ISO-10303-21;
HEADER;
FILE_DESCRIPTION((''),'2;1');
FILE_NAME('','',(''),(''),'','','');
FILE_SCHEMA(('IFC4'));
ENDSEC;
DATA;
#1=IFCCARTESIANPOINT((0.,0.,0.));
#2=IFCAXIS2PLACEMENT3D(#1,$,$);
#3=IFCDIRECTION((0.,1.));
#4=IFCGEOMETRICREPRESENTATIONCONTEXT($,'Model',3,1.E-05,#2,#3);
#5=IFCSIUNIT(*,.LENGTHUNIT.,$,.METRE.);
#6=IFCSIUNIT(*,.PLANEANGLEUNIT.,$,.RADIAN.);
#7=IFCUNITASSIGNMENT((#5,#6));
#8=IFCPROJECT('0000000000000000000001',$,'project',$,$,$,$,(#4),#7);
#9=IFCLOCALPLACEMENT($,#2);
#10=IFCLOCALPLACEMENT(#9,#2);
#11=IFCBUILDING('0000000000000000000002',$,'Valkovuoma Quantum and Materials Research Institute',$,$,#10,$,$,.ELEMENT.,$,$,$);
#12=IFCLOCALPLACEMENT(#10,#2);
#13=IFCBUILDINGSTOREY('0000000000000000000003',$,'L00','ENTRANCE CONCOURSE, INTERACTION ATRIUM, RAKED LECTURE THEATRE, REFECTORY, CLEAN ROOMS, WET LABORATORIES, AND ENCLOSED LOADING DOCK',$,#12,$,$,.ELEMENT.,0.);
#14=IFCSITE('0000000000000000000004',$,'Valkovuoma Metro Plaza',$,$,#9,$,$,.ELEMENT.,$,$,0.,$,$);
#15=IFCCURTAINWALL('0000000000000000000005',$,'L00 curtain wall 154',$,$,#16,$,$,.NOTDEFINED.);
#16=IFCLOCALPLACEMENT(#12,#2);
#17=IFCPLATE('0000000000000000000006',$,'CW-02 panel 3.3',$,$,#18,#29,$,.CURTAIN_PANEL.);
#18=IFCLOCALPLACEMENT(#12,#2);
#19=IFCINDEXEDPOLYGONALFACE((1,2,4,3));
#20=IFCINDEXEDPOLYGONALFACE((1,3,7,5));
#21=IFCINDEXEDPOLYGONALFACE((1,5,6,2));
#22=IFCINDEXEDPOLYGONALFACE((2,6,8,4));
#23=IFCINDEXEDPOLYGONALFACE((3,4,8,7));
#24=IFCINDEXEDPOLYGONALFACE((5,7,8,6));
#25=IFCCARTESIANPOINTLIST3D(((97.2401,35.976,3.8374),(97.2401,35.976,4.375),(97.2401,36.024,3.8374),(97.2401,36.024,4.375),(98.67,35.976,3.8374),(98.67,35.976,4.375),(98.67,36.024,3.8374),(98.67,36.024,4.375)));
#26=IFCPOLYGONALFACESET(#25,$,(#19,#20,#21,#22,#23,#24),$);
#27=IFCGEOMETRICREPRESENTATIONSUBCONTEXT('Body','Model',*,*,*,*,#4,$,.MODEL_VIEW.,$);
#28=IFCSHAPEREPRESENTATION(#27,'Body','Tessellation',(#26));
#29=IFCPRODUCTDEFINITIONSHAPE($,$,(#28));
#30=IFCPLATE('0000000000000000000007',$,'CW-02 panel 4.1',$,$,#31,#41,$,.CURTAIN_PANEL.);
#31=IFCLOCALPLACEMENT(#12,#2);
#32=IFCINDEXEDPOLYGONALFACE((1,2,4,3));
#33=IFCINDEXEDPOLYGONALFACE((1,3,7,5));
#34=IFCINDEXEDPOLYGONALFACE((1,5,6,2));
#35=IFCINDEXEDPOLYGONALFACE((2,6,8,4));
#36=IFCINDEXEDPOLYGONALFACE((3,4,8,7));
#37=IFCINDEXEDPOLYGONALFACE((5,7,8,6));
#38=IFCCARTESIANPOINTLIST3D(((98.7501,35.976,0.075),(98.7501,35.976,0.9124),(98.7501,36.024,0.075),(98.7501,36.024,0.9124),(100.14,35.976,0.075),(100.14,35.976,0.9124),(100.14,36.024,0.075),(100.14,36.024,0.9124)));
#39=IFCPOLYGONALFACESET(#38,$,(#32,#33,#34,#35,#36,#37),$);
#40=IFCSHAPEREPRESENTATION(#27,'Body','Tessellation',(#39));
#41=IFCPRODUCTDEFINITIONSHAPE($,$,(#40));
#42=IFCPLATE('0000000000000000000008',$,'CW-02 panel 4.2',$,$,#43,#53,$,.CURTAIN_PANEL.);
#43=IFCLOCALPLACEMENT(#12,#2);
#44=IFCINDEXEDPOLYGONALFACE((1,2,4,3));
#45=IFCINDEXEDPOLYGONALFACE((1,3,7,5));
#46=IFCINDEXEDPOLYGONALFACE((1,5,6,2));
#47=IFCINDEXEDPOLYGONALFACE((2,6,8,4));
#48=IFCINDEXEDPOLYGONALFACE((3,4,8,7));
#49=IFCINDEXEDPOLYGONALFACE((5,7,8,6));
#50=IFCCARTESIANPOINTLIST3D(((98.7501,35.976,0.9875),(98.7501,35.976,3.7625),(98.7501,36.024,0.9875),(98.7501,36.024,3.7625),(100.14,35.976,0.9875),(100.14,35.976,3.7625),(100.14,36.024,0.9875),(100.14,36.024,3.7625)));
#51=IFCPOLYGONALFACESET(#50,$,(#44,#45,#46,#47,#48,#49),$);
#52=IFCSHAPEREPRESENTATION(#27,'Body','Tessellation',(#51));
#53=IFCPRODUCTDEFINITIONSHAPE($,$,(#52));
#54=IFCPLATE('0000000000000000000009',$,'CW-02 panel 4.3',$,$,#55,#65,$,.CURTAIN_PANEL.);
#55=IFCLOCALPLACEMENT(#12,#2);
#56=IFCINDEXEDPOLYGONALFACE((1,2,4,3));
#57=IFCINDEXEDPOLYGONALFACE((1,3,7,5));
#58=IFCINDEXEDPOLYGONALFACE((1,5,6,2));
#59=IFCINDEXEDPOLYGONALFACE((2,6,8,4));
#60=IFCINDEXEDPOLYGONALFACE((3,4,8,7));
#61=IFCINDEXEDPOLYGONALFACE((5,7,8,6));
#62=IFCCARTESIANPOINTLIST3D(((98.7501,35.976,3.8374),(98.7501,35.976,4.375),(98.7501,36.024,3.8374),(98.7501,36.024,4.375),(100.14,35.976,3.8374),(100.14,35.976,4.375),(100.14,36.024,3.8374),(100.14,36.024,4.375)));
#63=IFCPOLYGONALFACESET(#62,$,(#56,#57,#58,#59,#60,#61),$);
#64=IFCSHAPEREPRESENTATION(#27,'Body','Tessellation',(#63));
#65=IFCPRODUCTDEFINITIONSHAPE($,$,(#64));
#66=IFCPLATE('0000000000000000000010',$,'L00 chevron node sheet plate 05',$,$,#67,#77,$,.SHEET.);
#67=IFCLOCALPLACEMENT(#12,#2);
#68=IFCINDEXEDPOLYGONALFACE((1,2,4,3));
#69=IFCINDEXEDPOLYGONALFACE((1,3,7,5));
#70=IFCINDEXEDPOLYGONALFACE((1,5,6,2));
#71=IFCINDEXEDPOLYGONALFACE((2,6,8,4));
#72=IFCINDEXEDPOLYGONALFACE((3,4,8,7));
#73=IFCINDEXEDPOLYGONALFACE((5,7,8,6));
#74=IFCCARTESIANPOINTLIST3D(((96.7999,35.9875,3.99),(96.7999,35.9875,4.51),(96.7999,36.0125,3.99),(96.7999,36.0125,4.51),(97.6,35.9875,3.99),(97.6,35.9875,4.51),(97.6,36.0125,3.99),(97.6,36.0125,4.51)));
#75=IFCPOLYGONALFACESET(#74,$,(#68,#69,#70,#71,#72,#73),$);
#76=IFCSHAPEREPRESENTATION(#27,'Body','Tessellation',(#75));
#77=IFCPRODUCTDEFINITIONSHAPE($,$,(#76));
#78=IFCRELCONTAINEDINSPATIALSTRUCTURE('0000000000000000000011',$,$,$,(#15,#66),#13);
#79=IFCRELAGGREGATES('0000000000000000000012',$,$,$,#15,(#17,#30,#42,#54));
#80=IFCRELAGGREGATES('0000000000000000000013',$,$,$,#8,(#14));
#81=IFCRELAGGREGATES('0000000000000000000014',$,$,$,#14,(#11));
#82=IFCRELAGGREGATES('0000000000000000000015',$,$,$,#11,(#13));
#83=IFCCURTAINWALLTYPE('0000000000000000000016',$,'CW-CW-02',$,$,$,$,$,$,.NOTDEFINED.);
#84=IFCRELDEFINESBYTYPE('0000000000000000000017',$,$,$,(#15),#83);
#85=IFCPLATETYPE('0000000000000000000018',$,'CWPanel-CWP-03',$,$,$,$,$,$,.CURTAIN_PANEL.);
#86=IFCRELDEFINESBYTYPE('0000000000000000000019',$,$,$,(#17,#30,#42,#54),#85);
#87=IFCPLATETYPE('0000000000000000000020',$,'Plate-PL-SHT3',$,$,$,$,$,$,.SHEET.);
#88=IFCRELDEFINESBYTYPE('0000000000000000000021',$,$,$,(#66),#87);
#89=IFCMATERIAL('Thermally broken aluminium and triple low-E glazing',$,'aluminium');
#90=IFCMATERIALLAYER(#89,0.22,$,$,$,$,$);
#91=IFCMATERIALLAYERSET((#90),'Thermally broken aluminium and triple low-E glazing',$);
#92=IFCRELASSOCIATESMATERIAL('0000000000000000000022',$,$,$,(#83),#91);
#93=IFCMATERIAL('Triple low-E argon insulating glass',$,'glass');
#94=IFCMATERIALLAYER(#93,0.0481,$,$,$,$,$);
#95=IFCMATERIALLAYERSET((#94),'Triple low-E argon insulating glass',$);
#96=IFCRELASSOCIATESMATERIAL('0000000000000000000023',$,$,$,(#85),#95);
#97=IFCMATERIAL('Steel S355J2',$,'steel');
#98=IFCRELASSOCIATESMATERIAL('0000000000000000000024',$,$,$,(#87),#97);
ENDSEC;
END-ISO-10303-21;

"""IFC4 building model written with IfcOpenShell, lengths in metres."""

from ifc_helpers import new_model, si_unit, direction, frame, origin, origin_2d, place, context, subcontext, project, spatial, rectangle, extrude, material, layer, layer_set, type_object, element, aggregate, save


model = new_model("IFC4")

# Units and contexts
model_context = context("Model", 3, precision=1e-05, world=origin(), true_north=direction((0.0, 1.0)))
body_context = subcontext(model_context, "Body", "Model", "MODEL_VIEW")
ifc_project = project(units=[si_unit("LENGTHUNIT", "METRE"), si_unit("PLANEANGLEUNIT", "RADIAN")], contexts=[model_context])

# Site, building, storey
site_placement = place(None, origin())
site = spatial("IfcSite", under=ifc_project, at=site_placement, Name="Valkovuoma Metro Plaza", CompositionType="ELEMENT", RefElevation=0.0)
building_placement = place(site_placement, origin())
building = spatial("IfcBuilding", under=site, at=building_placement, Name="Valkovuoma Quantum and Materials Research Institute", CompositionType="ELEMENT")
storey_placement = place(building_placement, origin())
storey = spatial("IfcBuildingStorey", under=building, at=storey_placement, Name="L00", Description="ENTRANCE CONCOURSE, INTERACTION ATRIUM, RAKED LECTURE THEATRE, REFECTORY, CLEAN ROOMS, WET LABORATORIES, AND ENCLOSED LOADING DOCK", CompositionType="ELEMENT", Elevation=0.0)

# Curtain wall, plates
ifc_material_1 = material(Name="Thermally broken aluminium and triple low-E glazing", Category="aluminium")
ifc_layer_1 = layer(ifc_material_1, 0.22)
ifc_layer_set_1 = layer_set([ifc_layer_1], Name="Thermally broken aluminium and triple low-E glazing")
curtain_wall_type = type_object("IfcCurtainWallType", Name="CW-CW-02", PredefinedType="NOTDEFINED", material=ifc_layer_set_1)
curtain_wall_placement = place(storey_placement, origin())
curtain_wall = element("IfcCurtainWall", 1, at=curtain_wall_placement, inside=storey, type_object=curtain_wall_type, Name="L00 curtain wall 154", PredefinedType="NOTDEFINED")
ifc_material_2 = material(Name="Triple low-E argon insulating glass", Category="glass")
ifc_layer_2 = layer(ifc_material_2, 0.0481)
ifc_layer_set_2 = layer_set([ifc_layer_2], Name="Triple low-E argon insulating glass")
plate_type_1 = type_object("IfcPlateType", Name="CWPanel-CWP-03", PredefinedType="CURTAIN_PANEL", material=ifc_layer_set_2)
plate_1_placement = place(storey_placement, frame((97.9551, 36.0, 3.8374), z_axis=(0.0, 0.0, 1.0), x_axis=(1.0, 0.0, 0.0)))
plate_1 = element("IfcPlate", 2, at=plate_1_placement, type_object=plate_type_1, Name="CW-02 panel 3.3", PredefinedType="CURTAIN_PANEL", context=body_context, shape_type="SweptSolid", body=[
    extrude(rectangle(XDim=1.4299, YDim=0.0481, at=origin_2d()), origin(), (0.0, 0.0, 1.0), 0.5376),
])
plate_2_placement = place(storey_placement, frame((99.4451, 36.0, 0.075), z_axis=(0.0, 0.0, 1.0), x_axis=(1.0, 0.0, 0.0)))
plate_2 = element("IfcPlate", 3, at=plate_2_placement, type_object=plate_type_1, Name="CW-02 panel 4.1", PredefinedType="CURTAIN_PANEL", context=body_context, shape_type="SweptSolid", body=[
    extrude(rectangle(XDim=1.3899, YDim=0.0481, at=origin_2d()), origin(), (0.0, 0.0, 1.0), 0.8374),
])
plate_3_placement = place(storey_placement, frame((99.4451, 36.0, 0.9875), z_axis=(0.0, 0.0, 1.0), x_axis=(1.0, 0.0, 0.0)))
plate_3 = element("IfcPlate", 4, at=plate_3_placement, type_object=plate_type_1, Name="CW-02 panel 4.2", PredefinedType="CURTAIN_PANEL", context=body_context, shape_type="SweptSolid", body=[
    extrude(rectangle(XDim=1.3899, YDim=0.0481, at=origin_2d()), origin(), (0.0, 0.0, 1.0), 2.7749),
])
plate_4_placement = place(storey_placement, frame((99.4451, 36.0, 3.8374), z_axis=(0.0, 0.0, 1.0), x_axis=(1.0, 0.0, 0.0)))
plate_4 = element("IfcPlate", 5, at=plate_4_placement, type_object=plate_type_1, Name="CW-02 panel 4.3", PredefinedType="CURTAIN_PANEL", context=body_context, shape_type="SweptSolid", body=[
    extrude(rectangle(XDim=1.3899, YDim=0.0481, at=origin_2d()), origin(), (0.0, 0.0, 1.0), 0.5376),
])
aggregate(curtain_wall, [plate_1, plate_2, plate_3, plate_4])

# Plate
ifc_material_3 = material(Name="Steel S355J2", Category="steel")
plate_type_2 = type_object("IfcPlateType", Name="Plate-PL-SHT3", PredefinedType="SHEET", material=ifc_material_3)
plate_5_placement = place(storey_placement, frame((97.2, 36.0, 3.99), z_axis=(0.0, 0.0, 1.0), x_axis=(1.0, 0.0, 0.0)))
element("IfcPlate", 6, at=plate_5_placement, inside=storey, type_object=plate_type_2, Name="L00 chevron node sheet plate 05", PredefinedType="SHEET", context=body_context, shape_type="SweptSolid", body=[
    extrude(rectangle(XDim=0.8, YDim=0.0249, at=origin_2d()), origin(), (0.0, 0.0, 1.0), 0.52),
])

save(model, "model.ifc")
